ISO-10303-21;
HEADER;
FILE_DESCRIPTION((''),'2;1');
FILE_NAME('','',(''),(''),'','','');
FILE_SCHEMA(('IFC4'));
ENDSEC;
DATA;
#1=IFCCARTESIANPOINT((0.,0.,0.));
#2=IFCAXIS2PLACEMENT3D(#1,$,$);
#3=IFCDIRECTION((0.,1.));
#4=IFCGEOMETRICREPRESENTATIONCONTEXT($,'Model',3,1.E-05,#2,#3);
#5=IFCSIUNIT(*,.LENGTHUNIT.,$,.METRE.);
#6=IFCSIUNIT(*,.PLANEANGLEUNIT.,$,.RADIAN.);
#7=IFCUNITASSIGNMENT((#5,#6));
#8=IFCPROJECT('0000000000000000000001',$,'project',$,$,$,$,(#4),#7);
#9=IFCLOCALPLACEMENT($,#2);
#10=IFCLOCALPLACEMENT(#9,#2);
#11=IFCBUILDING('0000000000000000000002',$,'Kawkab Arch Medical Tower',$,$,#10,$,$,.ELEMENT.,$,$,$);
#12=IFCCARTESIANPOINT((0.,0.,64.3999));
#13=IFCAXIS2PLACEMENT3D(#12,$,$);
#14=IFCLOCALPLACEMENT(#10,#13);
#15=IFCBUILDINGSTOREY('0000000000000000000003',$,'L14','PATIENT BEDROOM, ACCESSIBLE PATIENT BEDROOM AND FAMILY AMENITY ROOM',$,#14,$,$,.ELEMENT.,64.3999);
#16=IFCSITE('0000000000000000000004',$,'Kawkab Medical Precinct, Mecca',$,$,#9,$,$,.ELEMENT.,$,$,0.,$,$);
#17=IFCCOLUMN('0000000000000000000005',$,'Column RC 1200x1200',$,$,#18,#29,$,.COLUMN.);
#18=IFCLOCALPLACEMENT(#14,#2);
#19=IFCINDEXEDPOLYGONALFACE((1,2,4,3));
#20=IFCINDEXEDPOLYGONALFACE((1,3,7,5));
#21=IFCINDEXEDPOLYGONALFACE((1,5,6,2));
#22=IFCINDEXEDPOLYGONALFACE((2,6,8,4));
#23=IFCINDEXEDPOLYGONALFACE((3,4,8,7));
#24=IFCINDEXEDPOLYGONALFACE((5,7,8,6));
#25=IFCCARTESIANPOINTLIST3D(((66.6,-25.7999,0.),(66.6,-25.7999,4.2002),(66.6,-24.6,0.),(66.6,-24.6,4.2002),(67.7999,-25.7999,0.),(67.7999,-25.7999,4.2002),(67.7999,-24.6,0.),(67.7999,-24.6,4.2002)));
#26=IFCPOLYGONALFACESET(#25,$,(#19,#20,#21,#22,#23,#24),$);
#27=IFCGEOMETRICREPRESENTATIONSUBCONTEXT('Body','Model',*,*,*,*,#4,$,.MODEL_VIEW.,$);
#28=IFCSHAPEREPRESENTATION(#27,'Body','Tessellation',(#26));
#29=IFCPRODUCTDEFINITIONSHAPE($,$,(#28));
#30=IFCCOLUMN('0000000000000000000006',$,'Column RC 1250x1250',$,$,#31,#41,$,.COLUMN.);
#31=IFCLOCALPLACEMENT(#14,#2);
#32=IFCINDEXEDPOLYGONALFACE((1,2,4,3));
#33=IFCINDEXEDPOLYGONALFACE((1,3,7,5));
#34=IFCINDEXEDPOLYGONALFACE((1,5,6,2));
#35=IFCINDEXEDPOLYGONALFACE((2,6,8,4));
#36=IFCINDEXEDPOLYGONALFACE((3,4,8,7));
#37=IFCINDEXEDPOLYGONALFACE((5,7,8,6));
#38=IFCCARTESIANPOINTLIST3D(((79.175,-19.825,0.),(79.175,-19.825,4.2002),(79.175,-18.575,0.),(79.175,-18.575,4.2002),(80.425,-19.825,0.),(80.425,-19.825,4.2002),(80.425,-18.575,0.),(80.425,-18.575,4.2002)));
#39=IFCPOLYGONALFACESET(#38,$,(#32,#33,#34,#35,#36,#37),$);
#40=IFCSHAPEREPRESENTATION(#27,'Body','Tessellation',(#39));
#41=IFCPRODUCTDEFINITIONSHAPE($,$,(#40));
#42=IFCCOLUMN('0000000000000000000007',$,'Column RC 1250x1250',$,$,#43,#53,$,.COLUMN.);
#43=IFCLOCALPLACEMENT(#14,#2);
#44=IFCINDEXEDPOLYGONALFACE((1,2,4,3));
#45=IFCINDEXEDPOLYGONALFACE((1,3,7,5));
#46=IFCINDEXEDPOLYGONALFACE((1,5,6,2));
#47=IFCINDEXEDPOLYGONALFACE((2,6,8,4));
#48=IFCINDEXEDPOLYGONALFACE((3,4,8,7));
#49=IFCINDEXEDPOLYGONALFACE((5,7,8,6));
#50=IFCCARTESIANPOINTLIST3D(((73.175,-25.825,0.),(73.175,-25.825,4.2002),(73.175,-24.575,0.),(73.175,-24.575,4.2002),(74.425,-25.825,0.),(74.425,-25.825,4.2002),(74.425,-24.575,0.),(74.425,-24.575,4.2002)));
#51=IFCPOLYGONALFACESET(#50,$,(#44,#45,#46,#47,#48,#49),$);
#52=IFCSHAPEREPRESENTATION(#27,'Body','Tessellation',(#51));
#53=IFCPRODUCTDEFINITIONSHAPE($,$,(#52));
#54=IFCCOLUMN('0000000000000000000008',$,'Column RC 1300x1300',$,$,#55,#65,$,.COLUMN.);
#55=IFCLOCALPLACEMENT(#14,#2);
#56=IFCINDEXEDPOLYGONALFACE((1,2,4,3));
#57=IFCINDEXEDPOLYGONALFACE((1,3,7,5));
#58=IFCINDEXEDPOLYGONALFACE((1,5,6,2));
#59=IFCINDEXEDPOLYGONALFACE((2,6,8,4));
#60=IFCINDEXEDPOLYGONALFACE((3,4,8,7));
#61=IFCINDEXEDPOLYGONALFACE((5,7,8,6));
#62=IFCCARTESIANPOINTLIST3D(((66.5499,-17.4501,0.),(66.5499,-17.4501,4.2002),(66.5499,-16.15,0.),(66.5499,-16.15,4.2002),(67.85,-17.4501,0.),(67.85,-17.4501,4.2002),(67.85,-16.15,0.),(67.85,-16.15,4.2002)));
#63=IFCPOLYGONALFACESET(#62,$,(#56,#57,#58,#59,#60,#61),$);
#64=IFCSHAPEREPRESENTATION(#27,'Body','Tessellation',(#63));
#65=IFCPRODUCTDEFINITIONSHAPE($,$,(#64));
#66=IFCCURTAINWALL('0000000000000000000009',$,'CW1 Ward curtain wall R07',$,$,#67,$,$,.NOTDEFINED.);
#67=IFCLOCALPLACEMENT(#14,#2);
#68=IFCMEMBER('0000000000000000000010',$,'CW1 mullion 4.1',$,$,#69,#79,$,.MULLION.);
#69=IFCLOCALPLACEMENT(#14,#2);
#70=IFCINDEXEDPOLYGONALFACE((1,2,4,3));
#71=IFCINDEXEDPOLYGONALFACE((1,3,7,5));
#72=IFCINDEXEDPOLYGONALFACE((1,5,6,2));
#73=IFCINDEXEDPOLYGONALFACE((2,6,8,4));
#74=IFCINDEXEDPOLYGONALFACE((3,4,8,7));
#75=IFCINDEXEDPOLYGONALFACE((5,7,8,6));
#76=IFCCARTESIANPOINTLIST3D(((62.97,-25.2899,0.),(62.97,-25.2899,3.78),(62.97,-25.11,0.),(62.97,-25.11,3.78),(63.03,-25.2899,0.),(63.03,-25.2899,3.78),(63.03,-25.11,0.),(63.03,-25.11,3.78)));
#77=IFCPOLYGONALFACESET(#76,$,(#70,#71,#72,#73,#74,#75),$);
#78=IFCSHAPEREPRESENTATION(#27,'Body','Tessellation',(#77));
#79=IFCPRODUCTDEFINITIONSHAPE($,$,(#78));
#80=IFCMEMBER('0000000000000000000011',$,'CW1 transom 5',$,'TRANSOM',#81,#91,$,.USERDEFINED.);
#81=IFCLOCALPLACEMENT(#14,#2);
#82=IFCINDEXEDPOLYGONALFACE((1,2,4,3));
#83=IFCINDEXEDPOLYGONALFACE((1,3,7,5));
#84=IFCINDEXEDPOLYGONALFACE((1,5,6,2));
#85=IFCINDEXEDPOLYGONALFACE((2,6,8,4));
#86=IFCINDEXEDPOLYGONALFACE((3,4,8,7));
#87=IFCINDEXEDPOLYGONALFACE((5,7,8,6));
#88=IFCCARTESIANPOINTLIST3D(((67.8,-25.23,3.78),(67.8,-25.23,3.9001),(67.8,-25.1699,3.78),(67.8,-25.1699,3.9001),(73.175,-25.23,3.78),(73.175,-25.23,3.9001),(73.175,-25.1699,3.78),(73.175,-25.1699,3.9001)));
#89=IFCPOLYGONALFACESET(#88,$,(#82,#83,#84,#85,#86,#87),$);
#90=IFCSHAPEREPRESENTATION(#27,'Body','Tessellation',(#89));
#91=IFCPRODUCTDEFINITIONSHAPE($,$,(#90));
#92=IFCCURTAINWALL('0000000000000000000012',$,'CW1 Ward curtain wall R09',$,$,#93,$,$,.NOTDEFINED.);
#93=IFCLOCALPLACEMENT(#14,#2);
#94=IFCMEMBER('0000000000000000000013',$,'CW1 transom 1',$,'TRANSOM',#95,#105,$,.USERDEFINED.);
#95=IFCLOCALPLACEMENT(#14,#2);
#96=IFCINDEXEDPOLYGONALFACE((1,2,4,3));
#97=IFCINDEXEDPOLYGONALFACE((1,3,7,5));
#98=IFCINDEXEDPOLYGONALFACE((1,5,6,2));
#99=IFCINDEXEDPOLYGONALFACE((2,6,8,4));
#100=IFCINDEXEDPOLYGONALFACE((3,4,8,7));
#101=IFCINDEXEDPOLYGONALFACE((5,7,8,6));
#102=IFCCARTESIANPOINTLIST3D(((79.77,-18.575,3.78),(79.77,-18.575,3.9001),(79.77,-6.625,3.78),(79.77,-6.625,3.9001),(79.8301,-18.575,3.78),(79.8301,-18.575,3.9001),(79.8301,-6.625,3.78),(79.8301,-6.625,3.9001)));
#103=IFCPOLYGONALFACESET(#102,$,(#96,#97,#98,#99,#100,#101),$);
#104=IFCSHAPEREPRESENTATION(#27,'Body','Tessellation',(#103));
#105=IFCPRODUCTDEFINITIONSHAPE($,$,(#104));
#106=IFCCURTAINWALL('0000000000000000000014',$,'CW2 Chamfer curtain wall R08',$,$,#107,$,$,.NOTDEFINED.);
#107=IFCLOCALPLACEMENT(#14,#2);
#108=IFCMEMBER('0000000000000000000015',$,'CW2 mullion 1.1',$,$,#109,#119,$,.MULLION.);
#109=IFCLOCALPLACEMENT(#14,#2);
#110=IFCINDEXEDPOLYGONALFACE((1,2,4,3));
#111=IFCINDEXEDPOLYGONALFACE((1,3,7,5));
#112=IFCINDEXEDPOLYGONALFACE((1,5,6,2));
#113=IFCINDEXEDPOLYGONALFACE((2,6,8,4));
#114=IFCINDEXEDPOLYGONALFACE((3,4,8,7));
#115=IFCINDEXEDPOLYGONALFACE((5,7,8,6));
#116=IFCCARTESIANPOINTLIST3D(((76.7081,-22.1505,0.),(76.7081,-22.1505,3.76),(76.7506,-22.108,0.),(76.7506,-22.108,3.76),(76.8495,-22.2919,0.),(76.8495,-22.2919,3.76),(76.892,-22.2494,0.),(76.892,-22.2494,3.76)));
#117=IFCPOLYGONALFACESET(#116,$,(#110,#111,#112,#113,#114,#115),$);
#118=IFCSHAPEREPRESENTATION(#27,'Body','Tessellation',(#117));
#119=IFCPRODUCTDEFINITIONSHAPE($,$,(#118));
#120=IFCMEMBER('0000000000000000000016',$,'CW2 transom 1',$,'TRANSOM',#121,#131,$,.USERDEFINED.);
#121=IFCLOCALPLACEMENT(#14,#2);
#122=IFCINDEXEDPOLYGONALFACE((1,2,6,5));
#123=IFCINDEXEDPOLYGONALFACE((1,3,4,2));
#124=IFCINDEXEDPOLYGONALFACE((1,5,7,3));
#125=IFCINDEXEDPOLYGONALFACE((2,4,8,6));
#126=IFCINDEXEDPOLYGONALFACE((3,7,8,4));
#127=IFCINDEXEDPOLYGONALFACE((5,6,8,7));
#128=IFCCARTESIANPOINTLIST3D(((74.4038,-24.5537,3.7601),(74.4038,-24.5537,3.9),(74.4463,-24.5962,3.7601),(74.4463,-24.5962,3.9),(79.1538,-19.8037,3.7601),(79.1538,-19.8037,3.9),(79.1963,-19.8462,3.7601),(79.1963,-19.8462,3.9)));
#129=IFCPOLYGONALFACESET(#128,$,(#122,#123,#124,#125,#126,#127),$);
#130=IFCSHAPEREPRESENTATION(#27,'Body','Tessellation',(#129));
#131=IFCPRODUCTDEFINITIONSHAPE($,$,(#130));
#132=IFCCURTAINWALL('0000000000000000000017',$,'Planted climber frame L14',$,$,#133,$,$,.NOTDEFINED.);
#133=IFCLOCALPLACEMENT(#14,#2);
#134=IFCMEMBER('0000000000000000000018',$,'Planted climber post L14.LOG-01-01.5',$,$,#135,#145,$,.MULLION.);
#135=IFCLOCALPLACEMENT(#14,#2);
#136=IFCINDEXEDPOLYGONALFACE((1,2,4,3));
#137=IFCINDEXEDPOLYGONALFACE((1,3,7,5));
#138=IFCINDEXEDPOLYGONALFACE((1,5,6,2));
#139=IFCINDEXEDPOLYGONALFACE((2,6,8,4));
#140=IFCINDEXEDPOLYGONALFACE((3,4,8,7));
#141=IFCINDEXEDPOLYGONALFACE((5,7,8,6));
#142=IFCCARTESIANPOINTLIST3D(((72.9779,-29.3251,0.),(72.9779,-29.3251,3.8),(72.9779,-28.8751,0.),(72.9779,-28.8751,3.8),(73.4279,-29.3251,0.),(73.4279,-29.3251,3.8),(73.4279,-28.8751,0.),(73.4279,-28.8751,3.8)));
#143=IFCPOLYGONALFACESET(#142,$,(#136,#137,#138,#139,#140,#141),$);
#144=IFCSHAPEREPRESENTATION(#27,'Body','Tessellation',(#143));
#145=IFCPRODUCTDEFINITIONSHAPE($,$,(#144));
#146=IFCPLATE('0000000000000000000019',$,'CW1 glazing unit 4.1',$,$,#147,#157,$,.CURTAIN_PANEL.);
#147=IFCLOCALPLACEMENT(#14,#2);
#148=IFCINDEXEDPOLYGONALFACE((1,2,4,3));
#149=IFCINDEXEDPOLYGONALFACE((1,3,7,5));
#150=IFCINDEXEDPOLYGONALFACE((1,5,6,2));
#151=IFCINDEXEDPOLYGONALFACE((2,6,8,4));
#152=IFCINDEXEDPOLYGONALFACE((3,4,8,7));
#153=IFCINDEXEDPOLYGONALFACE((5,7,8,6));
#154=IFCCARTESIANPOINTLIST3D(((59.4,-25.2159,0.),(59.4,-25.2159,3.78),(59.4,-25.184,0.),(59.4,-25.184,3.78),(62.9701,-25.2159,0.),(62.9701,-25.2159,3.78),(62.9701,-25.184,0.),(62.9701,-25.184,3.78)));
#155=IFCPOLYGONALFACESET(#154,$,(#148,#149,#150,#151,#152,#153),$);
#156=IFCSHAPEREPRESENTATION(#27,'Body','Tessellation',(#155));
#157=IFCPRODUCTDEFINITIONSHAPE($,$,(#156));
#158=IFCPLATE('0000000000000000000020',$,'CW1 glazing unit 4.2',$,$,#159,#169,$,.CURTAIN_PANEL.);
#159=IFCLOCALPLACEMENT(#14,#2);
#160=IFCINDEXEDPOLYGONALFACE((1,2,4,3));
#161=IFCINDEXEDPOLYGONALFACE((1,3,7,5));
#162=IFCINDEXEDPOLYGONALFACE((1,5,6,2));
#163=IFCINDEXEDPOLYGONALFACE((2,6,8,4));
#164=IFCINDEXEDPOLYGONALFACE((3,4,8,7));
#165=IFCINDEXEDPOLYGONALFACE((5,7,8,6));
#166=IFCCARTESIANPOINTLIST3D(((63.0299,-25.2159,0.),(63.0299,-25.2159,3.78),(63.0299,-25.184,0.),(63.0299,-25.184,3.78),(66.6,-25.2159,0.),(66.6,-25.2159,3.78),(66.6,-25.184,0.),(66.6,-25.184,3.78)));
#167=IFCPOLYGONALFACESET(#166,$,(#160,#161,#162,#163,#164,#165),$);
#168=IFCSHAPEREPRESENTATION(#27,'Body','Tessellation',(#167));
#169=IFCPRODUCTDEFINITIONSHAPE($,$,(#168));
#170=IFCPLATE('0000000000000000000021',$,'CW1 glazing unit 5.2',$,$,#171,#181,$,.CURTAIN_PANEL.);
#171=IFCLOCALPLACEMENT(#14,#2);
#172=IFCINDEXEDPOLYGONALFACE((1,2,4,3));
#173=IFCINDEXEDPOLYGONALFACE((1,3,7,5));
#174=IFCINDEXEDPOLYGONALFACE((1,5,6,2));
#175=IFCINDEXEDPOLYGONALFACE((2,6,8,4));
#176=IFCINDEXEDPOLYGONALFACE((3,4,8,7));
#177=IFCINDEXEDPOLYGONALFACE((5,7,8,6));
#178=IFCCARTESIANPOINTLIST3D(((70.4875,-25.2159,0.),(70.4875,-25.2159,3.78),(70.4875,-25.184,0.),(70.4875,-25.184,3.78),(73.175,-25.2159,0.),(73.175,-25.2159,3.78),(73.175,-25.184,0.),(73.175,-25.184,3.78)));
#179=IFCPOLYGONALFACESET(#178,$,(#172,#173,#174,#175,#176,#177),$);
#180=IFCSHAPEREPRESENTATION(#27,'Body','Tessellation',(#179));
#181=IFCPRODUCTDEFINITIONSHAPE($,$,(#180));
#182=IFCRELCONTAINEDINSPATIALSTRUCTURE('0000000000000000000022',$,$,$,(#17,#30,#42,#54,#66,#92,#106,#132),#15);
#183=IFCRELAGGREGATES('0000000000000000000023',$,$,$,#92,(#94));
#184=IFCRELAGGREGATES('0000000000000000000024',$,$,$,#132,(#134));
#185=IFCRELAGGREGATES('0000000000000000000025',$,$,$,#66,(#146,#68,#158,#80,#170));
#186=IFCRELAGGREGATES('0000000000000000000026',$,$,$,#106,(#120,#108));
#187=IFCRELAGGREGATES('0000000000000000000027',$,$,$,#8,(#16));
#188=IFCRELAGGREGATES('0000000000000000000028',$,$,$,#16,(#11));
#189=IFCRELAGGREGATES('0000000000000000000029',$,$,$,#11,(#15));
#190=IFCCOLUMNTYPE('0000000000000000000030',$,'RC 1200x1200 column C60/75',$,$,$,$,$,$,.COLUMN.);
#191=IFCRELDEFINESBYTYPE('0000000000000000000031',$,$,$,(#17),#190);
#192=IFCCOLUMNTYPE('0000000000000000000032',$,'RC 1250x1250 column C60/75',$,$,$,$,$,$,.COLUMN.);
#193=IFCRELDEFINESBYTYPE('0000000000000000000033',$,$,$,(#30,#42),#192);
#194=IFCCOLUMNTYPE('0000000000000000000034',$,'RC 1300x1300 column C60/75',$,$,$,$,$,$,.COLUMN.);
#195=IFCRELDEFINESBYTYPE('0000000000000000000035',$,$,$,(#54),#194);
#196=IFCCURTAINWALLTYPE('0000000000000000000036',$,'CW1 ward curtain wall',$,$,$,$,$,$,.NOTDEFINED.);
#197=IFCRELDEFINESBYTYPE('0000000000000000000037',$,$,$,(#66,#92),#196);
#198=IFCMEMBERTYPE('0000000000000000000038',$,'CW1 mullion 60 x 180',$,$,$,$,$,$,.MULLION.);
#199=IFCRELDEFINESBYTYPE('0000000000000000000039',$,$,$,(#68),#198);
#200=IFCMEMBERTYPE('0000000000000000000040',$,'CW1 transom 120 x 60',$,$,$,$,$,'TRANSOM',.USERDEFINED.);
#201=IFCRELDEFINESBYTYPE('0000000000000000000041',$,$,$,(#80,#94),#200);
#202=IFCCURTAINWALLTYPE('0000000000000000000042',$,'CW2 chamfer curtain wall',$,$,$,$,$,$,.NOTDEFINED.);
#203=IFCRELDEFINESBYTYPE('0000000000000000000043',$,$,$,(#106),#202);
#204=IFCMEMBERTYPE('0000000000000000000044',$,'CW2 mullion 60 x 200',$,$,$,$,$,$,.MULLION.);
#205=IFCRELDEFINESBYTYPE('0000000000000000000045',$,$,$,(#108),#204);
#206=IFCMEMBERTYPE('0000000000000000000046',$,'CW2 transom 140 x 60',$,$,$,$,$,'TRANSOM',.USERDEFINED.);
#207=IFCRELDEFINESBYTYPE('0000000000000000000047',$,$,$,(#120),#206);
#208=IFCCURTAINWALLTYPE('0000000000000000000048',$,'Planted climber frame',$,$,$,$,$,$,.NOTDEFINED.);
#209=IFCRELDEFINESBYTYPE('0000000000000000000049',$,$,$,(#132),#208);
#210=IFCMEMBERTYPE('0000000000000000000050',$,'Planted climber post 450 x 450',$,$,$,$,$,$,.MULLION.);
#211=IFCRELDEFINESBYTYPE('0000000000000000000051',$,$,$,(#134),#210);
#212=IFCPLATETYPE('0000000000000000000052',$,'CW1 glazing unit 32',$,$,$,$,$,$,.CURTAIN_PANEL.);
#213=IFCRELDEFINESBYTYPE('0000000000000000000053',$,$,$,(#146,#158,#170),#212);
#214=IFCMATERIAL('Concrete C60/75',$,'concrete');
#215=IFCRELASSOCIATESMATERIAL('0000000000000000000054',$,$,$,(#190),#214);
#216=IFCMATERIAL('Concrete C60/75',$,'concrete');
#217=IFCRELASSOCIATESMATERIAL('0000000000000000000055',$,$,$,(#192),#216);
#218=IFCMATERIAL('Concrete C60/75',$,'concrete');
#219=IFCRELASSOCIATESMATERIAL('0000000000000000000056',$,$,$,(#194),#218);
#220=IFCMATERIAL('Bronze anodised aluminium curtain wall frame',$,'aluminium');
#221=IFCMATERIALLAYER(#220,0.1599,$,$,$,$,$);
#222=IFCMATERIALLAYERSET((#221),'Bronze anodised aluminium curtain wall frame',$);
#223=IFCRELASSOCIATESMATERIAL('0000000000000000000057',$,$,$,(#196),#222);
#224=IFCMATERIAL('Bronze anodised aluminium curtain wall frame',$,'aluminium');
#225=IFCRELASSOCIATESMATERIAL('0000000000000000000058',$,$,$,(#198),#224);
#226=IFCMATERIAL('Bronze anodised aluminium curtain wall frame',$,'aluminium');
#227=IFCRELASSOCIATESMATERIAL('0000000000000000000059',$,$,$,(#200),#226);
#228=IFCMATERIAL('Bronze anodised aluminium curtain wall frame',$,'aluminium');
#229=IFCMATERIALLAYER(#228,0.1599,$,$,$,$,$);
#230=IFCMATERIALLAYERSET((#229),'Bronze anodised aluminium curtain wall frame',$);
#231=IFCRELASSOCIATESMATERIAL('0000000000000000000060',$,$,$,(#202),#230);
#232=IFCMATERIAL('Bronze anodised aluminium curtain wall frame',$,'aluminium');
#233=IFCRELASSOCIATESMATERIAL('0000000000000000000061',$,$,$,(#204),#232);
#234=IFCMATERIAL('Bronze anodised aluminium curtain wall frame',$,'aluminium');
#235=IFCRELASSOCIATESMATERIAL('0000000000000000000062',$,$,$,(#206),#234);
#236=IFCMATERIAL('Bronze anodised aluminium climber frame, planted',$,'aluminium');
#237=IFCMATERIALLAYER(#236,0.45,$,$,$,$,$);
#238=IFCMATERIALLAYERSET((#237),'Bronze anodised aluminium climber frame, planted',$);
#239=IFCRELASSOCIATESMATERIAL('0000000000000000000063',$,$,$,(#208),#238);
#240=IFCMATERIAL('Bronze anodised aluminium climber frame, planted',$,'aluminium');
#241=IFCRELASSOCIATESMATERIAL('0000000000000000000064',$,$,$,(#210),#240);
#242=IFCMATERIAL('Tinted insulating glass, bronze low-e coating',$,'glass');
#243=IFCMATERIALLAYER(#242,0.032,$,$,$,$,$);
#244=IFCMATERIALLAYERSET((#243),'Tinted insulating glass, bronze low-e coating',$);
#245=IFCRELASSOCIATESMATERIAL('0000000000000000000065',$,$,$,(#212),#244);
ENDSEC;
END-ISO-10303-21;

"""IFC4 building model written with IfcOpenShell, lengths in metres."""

from ifc_helpers import new_model, si_unit, direction, frame, origin, origin_2d, place, context, subcontext, project, spatial, rectangle, extrude, material, layer, layer_set, material_profile, profile_set, type_object, element, aggregate, save


model = new_model("IFC4")

# Units and contexts
model_context = context("Model", 3, precision=1e-05, world=origin(), true_north=direction((0.0, 1.0)))
body_context = subcontext(model_context, "Body", "Model", "MODEL_VIEW")
ifc_project = project(units=[si_unit("LENGTHUNIT", "METRE"), si_unit("PLANEANGLEUNIT", "RADIAN")], contexts=[model_context])

# Site, building, storey
site_placement = place(None, origin())
site = spatial("IfcSite", under=ifc_project, at=site_placement, Name="Kawkab Medical Precinct, Mecca", CompositionType="ELEMENT", RefElevation=0.0)
building_placement = place(site_placement, origin())
building = spatial("IfcBuilding", under=site, at=building_placement, Name="Kawkab Arch Medical Tower", CompositionType="ELEMENT")
storey_placement = place(building_placement, frame((0.0, 0.0, 64.3999)))
storey = spatial("IfcBuildingStorey", under=building, at=storey_placement, Name="L14", Description="PATIENT BEDROOM, ACCESSIBLE PATIENT BEDROOM AND FAMILY AMENITY ROOM", CompositionType="ELEMENT", Elevation=64.3999)

# Columns
ifc_material_1 = material(Name="Concrete C60/75", Category="concrete")
ifc_material_profile_1 = material_profile(ifc_material_1, rectangle(XDim=1.2, YDim=1.2, at=origin_2d()), Name="RC 1200x1200")
ifc_profile_set_1 = profile_set([ifc_material_profile_1], Name="Concrete C60/75")
column_type_1 = type_object("IfcColumnType", Name="RC 1200x1200 column C60/75", PredefinedType="COLUMN", material=ifc_profile_set_1)
column_1_placement = place(storey_placement, frame((67.2, -25.2, 0.0), z_axis=(0.0, 0.0, 1.0), x_axis=(1.0, 0.0, 0.0)))
element("IfcColumn", 1, at=column_1_placement, inside=storey, type_object=column_type_1, Name="Column RC 1200x1200", PredefinedType="COLUMN", context=body_context, shape_type="SweptSolid", body=[
    extrude(rectangle(XDim=1.2, YDim=1.2, at=origin_2d()), origin(), (0.0, 0.0, 1.0), 4.2002),
])
ifc_material_2 = material(Name="Concrete C60/75", Category="concrete")
ifc_material_profile_2 = material_profile(ifc_material_2, rectangle(XDim=1.25, YDim=1.25, at=origin_2d()), Name="RC 1250x1250")
ifc_profile_set_2 = profile_set([ifc_material_profile_2], Name="Concrete C60/75")
column_type_2 = type_object("IfcColumnType", Name="RC 1250x1250 column C60/75", PredefinedType="COLUMN", material=ifc_profile_set_2)
for number, where, z_axis, x_axis, name in (
    (2, (79.8, -19.2, 0.0), (0.0, 0.0, 1.0), (1.0, 0.0, 0.0), "Column RC 1250x1250"),
    (3, (73.8, -25.2, 0.0), (0.0, 0.0, 1.0), (1.0, 0.0, 0.0), "Column RC 1250x1250"),
):
    element("IfcColumn", number, at=place(storey_placement, frame(where, z_axis=z_axis, x_axis=x_axis)), inside=storey, type_object=column_type_2, Name=name, PredefinedType="COLUMN", context=body_context, shape_type="SweptSolid", body=[
        extrude(rectangle(XDim=1.25, YDim=1.25, at=origin_2d()), origin(), (0.0, 0.0, 1.0), 4.2002),
    ])
ifc_material_3 = material(Name="Concrete C60/75", Category="concrete")
ifc_material_profile_3 = material_profile(ifc_material_3, rectangle(XDim=1.3, YDim=1.3, at=origin_2d()), Name="RC 1300x1300")
ifc_profile_set_3 = profile_set([ifc_material_profile_3], Name="Concrete C60/75")
column_type_3 = type_object("IfcColumnType", Name="RC 1300x1300 column C60/75", PredefinedType="COLUMN", material=ifc_profile_set_3)
column_2_placement = place(storey_placement, frame((67.2, -16.8, 0.0), z_axis=(0.0, 0.0, 1.0), x_axis=(1.0, 0.0, 0.0)))
element("IfcColumn", 4, at=column_2_placement, inside=storey, type_object=column_type_3, Name="Column RC 1300x1300", PredefinedType="COLUMN", context=body_context, shape_type="SweptSolid", body=[
    extrude(rectangle(XDim=1.3, YDim=1.3, at=origin_2d()), origin(), (0.0, 0.0, 1.0), 4.2002),
])

# Curtain wall, members
ifc_material_4 = material(Name="Bronze anodised aluminium curtain wall frame", Category="aluminium")
ifc_layer_1 = layer(ifc_material_4, 0.1599)
ifc_layer_set_1 = layer_set([ifc_layer_1], Name="Bronze anodised aluminium curtain wall frame")
curtain_wall_type_1 = type_object("IfcCurtainWallType", Name="CW1 ward curtain wall", PredefinedType="NOTDEFINED", material=ifc_layer_set_1)
placement = place(storey_placement, origin())
curtain_wall_1 = element("IfcCurtainWall", 5, at=placement, inside=storey, type_object=curtain_wall_type_1, Name="CW1 Ward curtain wall R07", PredefinedType="NOTDEFINED")
ifc_material_5 = material(Name="Bronze anodised aluminium curtain wall frame", Category="aluminium")
ifc_material_profile_4 = material_profile(ifc_material_5, rectangle(XDim=0.1799, YDim=0.0601, at=origin_2d()), Name="AL 60x180")
ifc_profile_set_4 = profile_set([ifc_material_profile_4], Name="Bronze anodised aluminium curtain wall frame")
member_type_1 = type_object("IfcMemberType", Name="CW1 mullion 60 x 180", PredefinedType="MULLION", material=ifc_profile_set_4)
member_1_placement = place(storey_placement, frame((63.0, -25.2, 0.0), z_axis=(0.0, 0.0, 1.0), x_axis=(0.0, 1.0, 0.0)))
member_1 = element("IfcMember", 6, at=member_1_placement, type_object=member_type_1, Name="CW1 mullion 4.1", PredefinedType="MULLION", context=body_context, shape_type="SweptSolid", body=[
    extrude(rectangle(XDim=0.1799, YDim=0.0601, at=origin_2d()), origin(), (0.0, 0.0, 1.0), 3.78),
])
ifc_material_6 = material(Name="Bronze anodised aluminium curtain wall frame", Category="aluminium")
ifc_material_profile_5 = material_profile(ifc_material_6, rectangle(XDim=0.0601, YDim=0.1201, at=origin_2d()), Name="AL 60x120")
ifc_profile_set_5 = profile_set([ifc_material_profile_5], Name="Bronze anodised aluminium curtain wall frame")
member_type_2 = type_object("IfcMemberType", Name="CW1 transom 120 x 60", ElementType="TRANSOM", PredefinedType="USERDEFINED", material=ifc_profile_set_5)
member_2_placement = place(storey_placement, frame((67.8, -25.2, 3.8401), z_axis=(1.0, 0.0, 0.0), x_axis=(0.0, 1.0, 0.0)))
member_2 = element("IfcMember", 7, at=member_2_placement, type_object=member_type_2, Name="CW1 transom 5", ObjectType="TRANSOM", PredefinedType="USERDEFINED", context=body_context, shape_type="SweptSolid", body=[
    extrude(rectangle(XDim=0.0601, YDim=0.1201, at=origin_2d()), origin(), (0.0, 0.0, 1.0), 5.375),
])

# Curtain wall, member
curtain_wall_2 = element("IfcCurtainWall", 8, at=placement, inside=storey, type_object=curtain_wall_type_1, Name="CW1 Ward curtain wall R09", PredefinedType="NOTDEFINED")
member_3_placement = place(storey_placement, frame((79.8, -18.575, 3.8401), z_axis=(0.0, 1.0, 0.0), x_axis=(-1.0, 0.0, 0.0)))
member_3 = element("IfcMember", 9, at=member_3_placement, type_object=member_type_2, Name="CW1 transom 1", ObjectType="TRANSOM", PredefinedType="USERDEFINED", context=body_context, shape_type="SweptSolid", body=[
    extrude(rectangle(XDim=0.0601, YDim=0.1201, at=origin_2d()), origin(), (0.0, 0.0, 1.0), 11.95),
])
aggregate(curtain_wall_2, [member_3])

# Curtain wall, members
ifc_material_7 = material(Name="Bronze anodised aluminium curtain wall frame", Category="aluminium")
ifc_layer_2 = layer(ifc_material_7, 0.1599)
ifc_layer_set_2 = layer_set([ifc_layer_2], Name="Bronze anodised aluminium curtain wall frame")
curtain_wall_type_2 = type_object("IfcCurtainWallType", Name="CW2 chamfer curtain wall", PredefinedType="NOTDEFINED", material=ifc_layer_set_2)
curtain_wall_3 = element("IfcCurtainWall", 10, at=placement, inside=storey, type_object=curtain_wall_type_2, Name="CW2 Chamfer curtain wall R08", PredefinedType="NOTDEFINED")
ifc_material_8 = material(Name="Bronze anodised aluminium curtain wall frame", Category="aluminium")
ifc_material_profile_6 = material_profile(ifc_material_8, rectangle(XDim=0.2, YDim=0.0601, at=origin_2d()), Name="AL 60x200")
ifc_profile_set_6 = profile_set([ifc_material_profile_6], Name="Bronze anodised aluminium curtain wall frame")
member_type_3 = type_object("IfcMemberType", Name="CW2 mullion 60 x 200", PredefinedType="MULLION", material=ifc_profile_set_6)
member_4_placement = place(storey_placement, frame((76.8, -22.2, 0.0), z_axis=(0.0, 0.0, 1.0), x_axis=(-0.707107, 0.707107, 0.0)))
member_4 = element("IfcMember", 11, at=member_4_placement, type_object=member_type_3, Name="CW2 mullion 1.1", PredefinedType="MULLION", context=body_context, shape_type="SweptSolid", body=[
    extrude(rectangle(XDim=0.2, YDim=0.0601, at=origin_2d()), origin(), (0.0, 0.0, 1.0), 3.76),
])
ifc_material_9 = material(Name="Bronze anodised aluminium curtain wall frame", Category="aluminium")
ifc_material_profile_7 = material_profile(ifc_material_9, rectangle(XDim=0.0601, YDim=0.1399, at=origin_2d()), Name="AL 60x140")
ifc_profile_set_7 = profile_set([ifc_material_profile_7], Name="Bronze anodised aluminium curtain wall frame")
member_type_4 = type_object("IfcMemberType", Name="CW2 transom 140 x 60", ElementType="TRANSOM", PredefinedType="USERDEFINED", material=ifc_profile_set_7)
member_5_placement = place(storey_placement, frame((74.425, -24.575, 3.8301), z_axis=(0.707107, 0.707107, 0.0), x_axis=(-0.707107, 0.707107, 0.0)))
member_5 = element("IfcMember", 12, at=member_5_placement, type_object=member_type_4, Name="CW2 transom 1", ObjectType="TRANSOM", PredefinedType="USERDEFINED", context=body_context, shape_type="SweptSolid", body=[
    extrude(rectangle(XDim=0.0601, YDim=0.1399, at=origin_2d()), origin(), (0.0, 0.0, 1.0), 6.7175),
])

# Curtain wall, member
ifc_material_10 = material(Name="Bronze anodised aluminium climber frame, planted", Category="aluminium")
ifc_layer_3 = layer(ifc_material_10, 0.45)
ifc_layer_set_3 = layer_set([ifc_layer_3], Name="Bronze anodised aluminium climber frame, planted")
curtain_wall_type_3 = type_object("IfcCurtainWallType", Name="Planted climber frame", PredefinedType="NOTDEFINED", material=ifc_layer_set_3)
curtain_wall_4 = element("IfcCurtainWall", 13, at=placement, inside=storey, type_object=curtain_wall_type_3, Name="Planted climber frame L14", PredefinedType="NOTDEFINED")
ifc_material_11 = material(Name="Bronze anodised aluminium climber frame, planted", Category="aluminium")
ifc_material_profile_8 = material_profile(ifc_material_11, rectangle(XDim=0.45, YDim=0.45, at=origin_2d()), Name="Post 450x450")
ifc_profile_set_8 = profile_set([ifc_material_profile_8], Name="Bronze anodised aluminium climber frame, planted")
member_type_5 = type_object("IfcMemberType", Name="Planted climber post 450 x 450", PredefinedType="MULLION", material=ifc_profile_set_8)
member_6_placement = place(storey_placement, frame((73.2029, -29.1001, 0.0), z_axis=(0.0, 0.0, 1.0), x_axis=(1.0, 0.0, 0.0)))
member_6 = element("IfcMember", 14, at=member_6_placement, type_object=member_type_5, Name="Planted climber post L14.LOG-01-01.5", PredefinedType="MULLION", context=body_context, shape_type="SweptSolid", body=[
    extrude(rectangle(XDim=0.45, YDim=0.45, at=origin_2d()), origin(), (0.0, 0.0, 1.0), 3.8),
])
aggregate(curtain_wall_4, [member_6])

# Plates
ifc_material_12 = material(Name="Tinted insulating glass, bronze low-e coating", Category="glass")
ifc_layer_4 = layer(ifc_material_12, 0.032)
ifc_layer_set_4 = layer_set([ifc_layer_4], Name="Tinted insulating glass, bronze low-e coating")
plate_type_1 = type_object("IfcPlateType", Name="CW1 glazing unit 32", PredefinedType="CURTAIN_PANEL", material=ifc_layer_set_4)
plate_1_placement = place(storey_placement, frame((61.1851, -25.2, 0.0), z_axis=(0.0, 0.0, 1.0), x_axis=(1.0, 0.0, 0.0)))
plate_1 = element("IfcPlate", 15, at=plate_1_placement, type_object=plate_type_1, Name="CW1 glazing unit 4.1", PredefinedType="CURTAIN_PANEL", context=body_context, shape_type="SweptSolid", body=[
    extrude(rectangle(XDim=3.5701, YDim=0.032, at=origin_2d()), origin(), (0.0, 0.0, 1.0), 3.78),
])
plate_2_placement = place(storey_placement, frame((64.8149, -25.2, 0.0), z_axis=(0.0, 0.0, 1.0), x_axis=(1.0, 0.0, 0.0)))
plate_2 = element("IfcPlate", 16, at=plate_2_placement, type_object=plate_type_1, Name="CW1 glazing unit 4.2", PredefinedType="CURTAIN_PANEL", context=body_context, shape_type="SweptSolid", body=[
    extrude(rectangle(XDim=3.5701, YDim=0.032, at=origin_2d()), origin(), (0.0, 0.0, 1.0), 3.78),
])
plate_3_placement = place(storey_placement, frame((71.8313, -25.2, 0.0), z_axis=(0.0, 0.0, 1.0), x_axis=(1.0, 0.0, 0.0)))
plate_3 = element("IfcPlate", 17, at=plate_3_placement, type_object=plate_type_1, Name="CW1 glazing unit 5.2", PredefinedType="CURTAIN_PANEL", context=body_context, shape_type="SweptSolid", body=[
    extrude(rectangle(XDim=2.6875, YDim=0.032, at=origin_2d()), origin(), (0.0, 0.0, 1.0), 3.78),
])
aggregate(curtain_wall_1, [plate_1, member_1, plate_2, member_2, plate_3])
aggregate(curtain_wall_3, [member_5, member_4])

save(model, "model.ifc")
